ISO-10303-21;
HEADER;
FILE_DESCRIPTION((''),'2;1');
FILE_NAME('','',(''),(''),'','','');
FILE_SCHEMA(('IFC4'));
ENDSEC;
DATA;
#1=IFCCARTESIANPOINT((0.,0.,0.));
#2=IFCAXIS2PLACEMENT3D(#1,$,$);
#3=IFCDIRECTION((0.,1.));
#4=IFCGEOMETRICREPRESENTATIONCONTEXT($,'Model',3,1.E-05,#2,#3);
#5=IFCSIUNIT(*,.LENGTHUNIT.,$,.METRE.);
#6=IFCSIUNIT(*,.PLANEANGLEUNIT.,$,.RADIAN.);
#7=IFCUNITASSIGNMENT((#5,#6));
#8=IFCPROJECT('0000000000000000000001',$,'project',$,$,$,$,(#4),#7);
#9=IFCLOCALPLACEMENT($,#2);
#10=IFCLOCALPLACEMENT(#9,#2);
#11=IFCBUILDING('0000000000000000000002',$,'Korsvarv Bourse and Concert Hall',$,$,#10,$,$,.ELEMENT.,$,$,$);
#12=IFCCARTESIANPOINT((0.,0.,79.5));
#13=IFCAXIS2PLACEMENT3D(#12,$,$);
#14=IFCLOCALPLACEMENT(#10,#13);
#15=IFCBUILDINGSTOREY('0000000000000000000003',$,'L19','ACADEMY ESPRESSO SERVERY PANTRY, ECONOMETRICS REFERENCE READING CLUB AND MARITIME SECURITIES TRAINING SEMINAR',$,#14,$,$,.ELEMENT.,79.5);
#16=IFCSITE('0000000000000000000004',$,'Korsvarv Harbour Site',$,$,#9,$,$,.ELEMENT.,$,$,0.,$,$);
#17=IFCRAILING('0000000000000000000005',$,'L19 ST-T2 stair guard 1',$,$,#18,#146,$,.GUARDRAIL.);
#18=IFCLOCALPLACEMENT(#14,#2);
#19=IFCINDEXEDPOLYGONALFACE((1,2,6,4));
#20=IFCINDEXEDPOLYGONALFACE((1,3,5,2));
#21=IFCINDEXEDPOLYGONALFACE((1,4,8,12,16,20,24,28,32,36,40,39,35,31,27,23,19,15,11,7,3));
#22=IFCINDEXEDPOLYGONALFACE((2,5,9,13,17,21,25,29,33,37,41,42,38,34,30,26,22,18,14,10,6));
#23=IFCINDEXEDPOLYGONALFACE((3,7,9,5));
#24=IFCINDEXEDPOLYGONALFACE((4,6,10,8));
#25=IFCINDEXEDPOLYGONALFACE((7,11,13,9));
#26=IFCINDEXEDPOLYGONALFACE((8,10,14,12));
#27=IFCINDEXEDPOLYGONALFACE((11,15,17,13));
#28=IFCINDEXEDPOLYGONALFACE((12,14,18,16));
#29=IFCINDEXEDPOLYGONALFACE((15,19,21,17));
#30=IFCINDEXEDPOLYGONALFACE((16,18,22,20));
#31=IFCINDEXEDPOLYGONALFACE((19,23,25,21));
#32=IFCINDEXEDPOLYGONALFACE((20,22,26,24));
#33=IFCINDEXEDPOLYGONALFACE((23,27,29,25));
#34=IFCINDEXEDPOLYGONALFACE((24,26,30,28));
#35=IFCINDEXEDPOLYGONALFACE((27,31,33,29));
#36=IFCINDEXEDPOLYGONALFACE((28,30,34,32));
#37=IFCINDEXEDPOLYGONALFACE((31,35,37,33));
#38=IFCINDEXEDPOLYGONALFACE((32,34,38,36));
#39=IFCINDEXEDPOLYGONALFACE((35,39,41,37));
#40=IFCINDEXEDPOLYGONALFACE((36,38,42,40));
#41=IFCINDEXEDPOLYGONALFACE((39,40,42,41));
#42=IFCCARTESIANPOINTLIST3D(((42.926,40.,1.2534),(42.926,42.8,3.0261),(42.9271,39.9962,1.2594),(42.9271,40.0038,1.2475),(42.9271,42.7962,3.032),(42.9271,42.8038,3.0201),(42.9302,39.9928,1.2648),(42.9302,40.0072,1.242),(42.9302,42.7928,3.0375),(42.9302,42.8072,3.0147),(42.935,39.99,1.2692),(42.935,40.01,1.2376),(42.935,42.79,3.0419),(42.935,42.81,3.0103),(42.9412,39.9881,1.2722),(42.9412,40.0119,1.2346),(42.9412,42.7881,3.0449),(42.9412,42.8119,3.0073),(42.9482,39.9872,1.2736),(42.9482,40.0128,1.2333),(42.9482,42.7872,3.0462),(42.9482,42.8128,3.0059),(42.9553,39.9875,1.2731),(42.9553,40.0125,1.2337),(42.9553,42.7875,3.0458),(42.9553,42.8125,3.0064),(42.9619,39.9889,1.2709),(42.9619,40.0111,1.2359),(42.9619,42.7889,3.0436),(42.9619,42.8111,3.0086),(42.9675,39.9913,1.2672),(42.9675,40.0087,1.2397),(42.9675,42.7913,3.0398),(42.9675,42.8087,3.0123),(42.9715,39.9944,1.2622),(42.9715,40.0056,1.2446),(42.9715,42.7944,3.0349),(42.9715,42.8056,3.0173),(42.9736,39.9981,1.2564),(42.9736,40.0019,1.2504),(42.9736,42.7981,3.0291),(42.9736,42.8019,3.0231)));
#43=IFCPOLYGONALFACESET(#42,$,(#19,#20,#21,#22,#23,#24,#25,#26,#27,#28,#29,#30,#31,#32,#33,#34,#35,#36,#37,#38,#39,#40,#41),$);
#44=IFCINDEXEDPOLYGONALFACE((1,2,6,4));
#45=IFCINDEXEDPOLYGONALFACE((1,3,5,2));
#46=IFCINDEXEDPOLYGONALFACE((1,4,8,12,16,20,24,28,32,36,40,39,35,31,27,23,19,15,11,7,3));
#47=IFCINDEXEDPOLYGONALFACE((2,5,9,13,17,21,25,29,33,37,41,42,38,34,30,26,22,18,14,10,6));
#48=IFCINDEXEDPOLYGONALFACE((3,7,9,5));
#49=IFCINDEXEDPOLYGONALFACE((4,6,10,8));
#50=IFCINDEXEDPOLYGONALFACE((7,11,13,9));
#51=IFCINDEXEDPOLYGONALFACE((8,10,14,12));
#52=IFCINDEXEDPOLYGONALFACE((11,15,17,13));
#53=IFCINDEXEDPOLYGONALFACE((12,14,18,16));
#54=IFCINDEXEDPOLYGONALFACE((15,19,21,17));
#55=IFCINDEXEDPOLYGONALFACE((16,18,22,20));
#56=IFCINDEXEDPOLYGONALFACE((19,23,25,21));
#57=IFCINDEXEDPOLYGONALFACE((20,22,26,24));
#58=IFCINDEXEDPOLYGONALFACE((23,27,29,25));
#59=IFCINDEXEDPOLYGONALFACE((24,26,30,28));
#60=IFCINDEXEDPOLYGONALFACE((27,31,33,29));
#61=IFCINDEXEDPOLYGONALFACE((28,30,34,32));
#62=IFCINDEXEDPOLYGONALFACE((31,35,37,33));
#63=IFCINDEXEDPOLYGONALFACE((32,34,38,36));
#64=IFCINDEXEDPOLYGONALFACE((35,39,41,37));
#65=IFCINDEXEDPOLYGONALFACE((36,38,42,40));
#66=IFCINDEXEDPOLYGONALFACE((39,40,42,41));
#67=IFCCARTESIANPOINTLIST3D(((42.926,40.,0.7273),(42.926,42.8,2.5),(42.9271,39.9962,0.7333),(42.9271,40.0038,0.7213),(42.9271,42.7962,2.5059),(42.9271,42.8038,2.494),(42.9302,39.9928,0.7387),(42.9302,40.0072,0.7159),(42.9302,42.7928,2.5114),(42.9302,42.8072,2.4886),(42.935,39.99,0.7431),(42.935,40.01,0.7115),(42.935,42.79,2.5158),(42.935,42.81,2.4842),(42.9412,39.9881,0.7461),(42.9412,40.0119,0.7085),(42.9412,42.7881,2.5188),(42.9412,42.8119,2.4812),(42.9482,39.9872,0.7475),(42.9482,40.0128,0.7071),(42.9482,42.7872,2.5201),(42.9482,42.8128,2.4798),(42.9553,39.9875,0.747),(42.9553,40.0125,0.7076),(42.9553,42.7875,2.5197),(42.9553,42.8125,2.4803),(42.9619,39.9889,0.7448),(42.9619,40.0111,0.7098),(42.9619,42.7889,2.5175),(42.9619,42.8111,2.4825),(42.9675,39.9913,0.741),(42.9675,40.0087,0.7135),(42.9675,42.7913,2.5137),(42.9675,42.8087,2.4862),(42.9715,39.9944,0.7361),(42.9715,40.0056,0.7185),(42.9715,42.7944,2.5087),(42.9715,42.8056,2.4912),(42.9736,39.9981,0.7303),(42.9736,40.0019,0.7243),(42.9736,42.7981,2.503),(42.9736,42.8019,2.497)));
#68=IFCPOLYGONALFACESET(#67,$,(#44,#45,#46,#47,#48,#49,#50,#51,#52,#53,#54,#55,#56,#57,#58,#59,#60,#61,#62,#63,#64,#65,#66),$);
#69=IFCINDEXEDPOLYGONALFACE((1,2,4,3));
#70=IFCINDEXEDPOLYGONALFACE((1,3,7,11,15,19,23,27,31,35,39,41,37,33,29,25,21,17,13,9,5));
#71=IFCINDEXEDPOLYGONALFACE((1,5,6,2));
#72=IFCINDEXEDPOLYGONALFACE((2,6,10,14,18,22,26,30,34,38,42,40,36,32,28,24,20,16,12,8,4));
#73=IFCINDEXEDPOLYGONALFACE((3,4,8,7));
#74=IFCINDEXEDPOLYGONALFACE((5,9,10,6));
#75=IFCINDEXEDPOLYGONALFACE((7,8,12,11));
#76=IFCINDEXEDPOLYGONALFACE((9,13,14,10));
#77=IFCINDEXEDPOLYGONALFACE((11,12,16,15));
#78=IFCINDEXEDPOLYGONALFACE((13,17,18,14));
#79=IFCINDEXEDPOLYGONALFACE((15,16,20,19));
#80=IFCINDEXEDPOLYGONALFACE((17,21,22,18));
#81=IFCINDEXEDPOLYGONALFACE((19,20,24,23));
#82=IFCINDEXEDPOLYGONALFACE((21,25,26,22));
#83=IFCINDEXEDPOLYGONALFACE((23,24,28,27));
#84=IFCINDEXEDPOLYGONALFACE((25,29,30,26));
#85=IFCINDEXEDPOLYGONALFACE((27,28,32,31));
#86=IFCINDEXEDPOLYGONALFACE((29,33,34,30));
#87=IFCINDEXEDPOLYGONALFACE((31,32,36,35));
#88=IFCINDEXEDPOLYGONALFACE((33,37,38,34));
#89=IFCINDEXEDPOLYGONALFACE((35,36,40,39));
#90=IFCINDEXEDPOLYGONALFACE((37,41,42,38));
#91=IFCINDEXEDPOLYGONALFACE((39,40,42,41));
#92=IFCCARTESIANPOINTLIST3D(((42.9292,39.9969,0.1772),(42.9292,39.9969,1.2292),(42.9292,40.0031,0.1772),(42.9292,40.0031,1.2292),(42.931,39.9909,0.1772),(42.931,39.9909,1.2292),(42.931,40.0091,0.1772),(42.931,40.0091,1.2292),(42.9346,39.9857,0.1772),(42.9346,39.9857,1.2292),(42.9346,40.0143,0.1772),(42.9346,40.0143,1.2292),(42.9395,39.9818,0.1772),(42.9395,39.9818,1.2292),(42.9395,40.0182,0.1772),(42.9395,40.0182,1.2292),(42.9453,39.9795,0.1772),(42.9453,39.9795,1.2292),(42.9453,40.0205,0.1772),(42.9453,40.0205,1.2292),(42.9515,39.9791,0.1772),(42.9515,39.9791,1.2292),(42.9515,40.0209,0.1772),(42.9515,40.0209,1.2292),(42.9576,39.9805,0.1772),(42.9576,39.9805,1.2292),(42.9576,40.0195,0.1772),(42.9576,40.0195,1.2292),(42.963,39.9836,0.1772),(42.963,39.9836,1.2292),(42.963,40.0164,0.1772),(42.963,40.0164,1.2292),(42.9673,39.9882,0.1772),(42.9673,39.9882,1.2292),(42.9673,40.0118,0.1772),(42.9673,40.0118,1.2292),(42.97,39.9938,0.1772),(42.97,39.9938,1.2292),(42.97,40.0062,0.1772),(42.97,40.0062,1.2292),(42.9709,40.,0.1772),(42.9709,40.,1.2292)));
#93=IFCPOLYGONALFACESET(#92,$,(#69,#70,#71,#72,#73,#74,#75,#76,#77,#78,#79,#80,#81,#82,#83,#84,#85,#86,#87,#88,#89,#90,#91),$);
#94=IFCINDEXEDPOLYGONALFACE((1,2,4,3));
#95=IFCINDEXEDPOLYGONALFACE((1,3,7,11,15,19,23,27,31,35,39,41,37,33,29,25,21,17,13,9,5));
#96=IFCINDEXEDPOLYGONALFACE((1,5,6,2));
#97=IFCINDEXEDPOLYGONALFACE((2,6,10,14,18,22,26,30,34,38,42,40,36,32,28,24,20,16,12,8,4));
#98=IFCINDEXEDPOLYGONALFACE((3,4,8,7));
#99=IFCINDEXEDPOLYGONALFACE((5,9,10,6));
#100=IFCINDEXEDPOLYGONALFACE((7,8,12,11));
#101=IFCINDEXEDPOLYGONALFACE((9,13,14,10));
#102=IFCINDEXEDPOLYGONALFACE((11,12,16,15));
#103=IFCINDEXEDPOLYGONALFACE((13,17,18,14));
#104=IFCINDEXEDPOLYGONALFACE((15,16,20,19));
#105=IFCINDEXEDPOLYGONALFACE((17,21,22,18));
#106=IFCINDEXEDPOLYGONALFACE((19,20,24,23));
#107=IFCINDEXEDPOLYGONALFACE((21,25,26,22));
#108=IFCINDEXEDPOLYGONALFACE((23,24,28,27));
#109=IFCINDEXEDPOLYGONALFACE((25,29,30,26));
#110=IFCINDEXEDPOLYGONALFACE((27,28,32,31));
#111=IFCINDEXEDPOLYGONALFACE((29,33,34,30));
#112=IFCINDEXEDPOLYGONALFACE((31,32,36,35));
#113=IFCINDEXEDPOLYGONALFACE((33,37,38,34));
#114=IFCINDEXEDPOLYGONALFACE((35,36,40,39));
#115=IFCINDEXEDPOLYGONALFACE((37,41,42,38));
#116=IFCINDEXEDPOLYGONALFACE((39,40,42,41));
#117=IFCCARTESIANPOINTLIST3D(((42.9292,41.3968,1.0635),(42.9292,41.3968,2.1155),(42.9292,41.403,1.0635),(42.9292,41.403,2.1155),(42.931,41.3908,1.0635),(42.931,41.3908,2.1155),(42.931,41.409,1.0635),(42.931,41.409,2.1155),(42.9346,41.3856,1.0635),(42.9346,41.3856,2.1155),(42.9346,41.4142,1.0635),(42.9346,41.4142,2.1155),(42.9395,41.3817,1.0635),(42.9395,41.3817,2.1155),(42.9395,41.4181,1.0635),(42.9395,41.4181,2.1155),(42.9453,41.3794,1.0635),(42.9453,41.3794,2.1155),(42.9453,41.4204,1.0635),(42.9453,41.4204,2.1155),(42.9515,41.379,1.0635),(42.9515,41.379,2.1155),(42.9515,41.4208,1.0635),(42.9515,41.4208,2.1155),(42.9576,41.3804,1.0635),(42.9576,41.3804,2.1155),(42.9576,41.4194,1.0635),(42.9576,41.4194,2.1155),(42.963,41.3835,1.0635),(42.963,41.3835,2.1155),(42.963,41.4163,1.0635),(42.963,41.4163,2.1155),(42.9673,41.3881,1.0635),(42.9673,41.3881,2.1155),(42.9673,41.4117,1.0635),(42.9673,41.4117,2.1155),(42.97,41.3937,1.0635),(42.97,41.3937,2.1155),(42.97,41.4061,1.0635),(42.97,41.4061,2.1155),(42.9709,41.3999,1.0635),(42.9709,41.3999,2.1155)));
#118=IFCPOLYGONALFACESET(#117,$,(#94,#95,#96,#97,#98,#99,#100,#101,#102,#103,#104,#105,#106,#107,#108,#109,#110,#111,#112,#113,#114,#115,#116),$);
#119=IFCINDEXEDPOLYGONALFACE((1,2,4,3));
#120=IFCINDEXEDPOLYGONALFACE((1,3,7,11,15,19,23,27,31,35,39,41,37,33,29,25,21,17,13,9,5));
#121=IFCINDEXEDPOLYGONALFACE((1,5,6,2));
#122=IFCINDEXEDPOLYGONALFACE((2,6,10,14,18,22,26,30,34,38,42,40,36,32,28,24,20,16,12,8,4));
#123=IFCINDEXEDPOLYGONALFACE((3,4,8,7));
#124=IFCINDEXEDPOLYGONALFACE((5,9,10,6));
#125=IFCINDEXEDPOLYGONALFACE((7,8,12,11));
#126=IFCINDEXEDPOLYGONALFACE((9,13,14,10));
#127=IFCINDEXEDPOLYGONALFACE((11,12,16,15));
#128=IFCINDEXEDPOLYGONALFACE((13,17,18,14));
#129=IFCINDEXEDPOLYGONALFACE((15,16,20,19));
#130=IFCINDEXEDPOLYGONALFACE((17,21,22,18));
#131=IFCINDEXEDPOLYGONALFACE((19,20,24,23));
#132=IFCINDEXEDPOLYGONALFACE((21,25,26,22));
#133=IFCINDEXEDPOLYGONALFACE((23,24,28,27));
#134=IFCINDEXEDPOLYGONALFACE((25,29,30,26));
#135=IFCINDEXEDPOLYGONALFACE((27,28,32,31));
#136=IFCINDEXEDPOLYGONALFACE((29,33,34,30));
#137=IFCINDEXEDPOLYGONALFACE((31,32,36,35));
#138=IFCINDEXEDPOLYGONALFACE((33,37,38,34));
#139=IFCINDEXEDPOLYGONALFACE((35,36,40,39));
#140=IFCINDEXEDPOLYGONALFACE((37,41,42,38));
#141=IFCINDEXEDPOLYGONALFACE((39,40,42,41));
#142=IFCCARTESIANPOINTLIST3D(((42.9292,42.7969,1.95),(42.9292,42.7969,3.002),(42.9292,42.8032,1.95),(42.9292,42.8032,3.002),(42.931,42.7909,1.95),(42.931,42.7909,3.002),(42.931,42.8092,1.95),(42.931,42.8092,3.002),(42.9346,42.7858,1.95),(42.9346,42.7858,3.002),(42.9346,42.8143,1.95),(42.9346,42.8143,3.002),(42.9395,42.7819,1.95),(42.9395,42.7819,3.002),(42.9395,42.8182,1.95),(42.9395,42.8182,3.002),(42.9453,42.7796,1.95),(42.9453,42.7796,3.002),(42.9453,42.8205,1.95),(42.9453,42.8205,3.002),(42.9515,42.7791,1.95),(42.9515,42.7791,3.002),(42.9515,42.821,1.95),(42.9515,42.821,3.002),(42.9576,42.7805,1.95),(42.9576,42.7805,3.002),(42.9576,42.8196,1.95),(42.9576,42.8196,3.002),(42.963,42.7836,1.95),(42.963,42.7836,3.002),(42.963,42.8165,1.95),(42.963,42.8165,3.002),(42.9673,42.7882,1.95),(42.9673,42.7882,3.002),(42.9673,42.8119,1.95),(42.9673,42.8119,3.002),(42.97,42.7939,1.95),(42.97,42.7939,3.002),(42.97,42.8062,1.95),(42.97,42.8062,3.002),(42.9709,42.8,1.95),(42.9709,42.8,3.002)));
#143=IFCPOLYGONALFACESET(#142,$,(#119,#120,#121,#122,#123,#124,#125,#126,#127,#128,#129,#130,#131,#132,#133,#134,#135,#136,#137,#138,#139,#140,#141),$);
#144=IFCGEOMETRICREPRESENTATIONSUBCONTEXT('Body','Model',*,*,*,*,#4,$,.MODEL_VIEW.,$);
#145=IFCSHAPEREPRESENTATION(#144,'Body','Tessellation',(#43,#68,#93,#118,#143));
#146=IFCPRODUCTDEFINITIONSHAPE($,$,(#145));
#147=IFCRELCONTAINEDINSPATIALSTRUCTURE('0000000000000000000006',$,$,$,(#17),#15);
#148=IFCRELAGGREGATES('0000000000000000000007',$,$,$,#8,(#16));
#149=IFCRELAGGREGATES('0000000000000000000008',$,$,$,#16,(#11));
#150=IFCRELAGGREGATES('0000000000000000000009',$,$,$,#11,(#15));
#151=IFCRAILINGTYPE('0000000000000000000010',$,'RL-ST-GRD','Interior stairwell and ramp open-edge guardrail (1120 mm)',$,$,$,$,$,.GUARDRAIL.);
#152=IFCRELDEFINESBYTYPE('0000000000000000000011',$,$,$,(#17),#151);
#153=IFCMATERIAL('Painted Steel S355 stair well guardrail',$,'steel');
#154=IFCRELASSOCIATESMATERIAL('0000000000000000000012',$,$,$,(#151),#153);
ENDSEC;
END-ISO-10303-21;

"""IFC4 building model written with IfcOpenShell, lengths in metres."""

from ifc_helpers import new_model, si_unit, direction, frame, origin, origin_2d, place, context, subcontext, project, spatial, circle, extrude, material, type_object, element, save


model = new_model("IFC4")

# Units and contexts
model_context = context("Model", 3, precision=1e-05, world=origin(), true_north=direction((0.0, 1.0)))
body_context = subcontext(model_context, "Body", "Model", "MODEL_VIEW")
ifc_project = project(units=[si_unit("LENGTHUNIT", "METRE"), si_unit("PLANEANGLEUNIT", "RADIAN")], contexts=[model_context])

# Site, building, storey
site_placement = place(None, origin())
site = spatial("IfcSite", under=ifc_project, at=site_placement, Name="Korsvarv Harbour Site", CompositionType="ELEMENT", RefElevation=0.0)
building_placement = place(site_placement, origin())
building = spatial("IfcBuilding", under=site, at=building_placement, Name="Korsvarv Bourse and Concert Hall", CompositionType="ELEMENT")
storey_placement = place(building_placement, frame((0.0, 0.0, 79.5)))
storey = spatial("IfcBuildingStorey", under=building, at=storey_placement, Name="L19", Description="ACADEMY ESPRESSO SERVERY PANTRY, ECONOMETRICS REFERENCE READING CLUB AND MARITIME SECURITIES TRAINING SEMINAR", CompositionType="ELEMENT", Elevation=79.5)

# Railing
ifc_material_1 = material(Name="Painted Steel S355 stair well guardrail", Category="steel")
railing_type_1 = type_object("IfcRailingType", Name="RL-ST-GRD", Description="Interior stairwell and ramp open-edge guardrail (1120 mm)", PredefinedType="GUARDRAIL", material=ifc_material_1)
railing_1_placement = place(storey_placement, frame((42.95, 40.0, 0.1772)))
element("IfcRailing", 1, at=railing_1_placement, inside=storey, type_object=railing_type_1, Name="L19 ST-T2 stair guard 1", PredefinedType="GUARDRAIL", context=body_context, shape_type="SweptSolid", body=[
    extrude(circle(Radius=0.0239, at=origin_2d()), frame((0.0, 0.0, 1.0762), z_axis=(0.0, 0.844909, 0.53491), x_axis=(-1.0, 0.0, 0.0)), (0.0, 0.0, 1.0), 3.314),
    extrude(circle(Radius=0.0239, at=origin_2d()), frame((0.0, 0.0, 0.55), z_axis=(0.0, 0.844909, 0.53491), x_axis=(-1.0, 0.0, 0.0)), (0.0, 0.0, 1.0), 3.314),
    extrude(circle(Radius=0.021, at=origin_2d()), origin(), (0.0, 0.0, 1.0), 1.052),
    extrude(circle(Radius=0.021, at=origin_2d()), frame((0.0, 1.3999, 0.8862)), (0.0, 0.0, 1.0), 1.052),
    extrude(circle(Radius=0.021, at=origin_2d()), frame((0.0, 2.8, 1.7727)), (0.0, 0.0, 1.0), 1.052),
])

save(model, "model.ifc")
